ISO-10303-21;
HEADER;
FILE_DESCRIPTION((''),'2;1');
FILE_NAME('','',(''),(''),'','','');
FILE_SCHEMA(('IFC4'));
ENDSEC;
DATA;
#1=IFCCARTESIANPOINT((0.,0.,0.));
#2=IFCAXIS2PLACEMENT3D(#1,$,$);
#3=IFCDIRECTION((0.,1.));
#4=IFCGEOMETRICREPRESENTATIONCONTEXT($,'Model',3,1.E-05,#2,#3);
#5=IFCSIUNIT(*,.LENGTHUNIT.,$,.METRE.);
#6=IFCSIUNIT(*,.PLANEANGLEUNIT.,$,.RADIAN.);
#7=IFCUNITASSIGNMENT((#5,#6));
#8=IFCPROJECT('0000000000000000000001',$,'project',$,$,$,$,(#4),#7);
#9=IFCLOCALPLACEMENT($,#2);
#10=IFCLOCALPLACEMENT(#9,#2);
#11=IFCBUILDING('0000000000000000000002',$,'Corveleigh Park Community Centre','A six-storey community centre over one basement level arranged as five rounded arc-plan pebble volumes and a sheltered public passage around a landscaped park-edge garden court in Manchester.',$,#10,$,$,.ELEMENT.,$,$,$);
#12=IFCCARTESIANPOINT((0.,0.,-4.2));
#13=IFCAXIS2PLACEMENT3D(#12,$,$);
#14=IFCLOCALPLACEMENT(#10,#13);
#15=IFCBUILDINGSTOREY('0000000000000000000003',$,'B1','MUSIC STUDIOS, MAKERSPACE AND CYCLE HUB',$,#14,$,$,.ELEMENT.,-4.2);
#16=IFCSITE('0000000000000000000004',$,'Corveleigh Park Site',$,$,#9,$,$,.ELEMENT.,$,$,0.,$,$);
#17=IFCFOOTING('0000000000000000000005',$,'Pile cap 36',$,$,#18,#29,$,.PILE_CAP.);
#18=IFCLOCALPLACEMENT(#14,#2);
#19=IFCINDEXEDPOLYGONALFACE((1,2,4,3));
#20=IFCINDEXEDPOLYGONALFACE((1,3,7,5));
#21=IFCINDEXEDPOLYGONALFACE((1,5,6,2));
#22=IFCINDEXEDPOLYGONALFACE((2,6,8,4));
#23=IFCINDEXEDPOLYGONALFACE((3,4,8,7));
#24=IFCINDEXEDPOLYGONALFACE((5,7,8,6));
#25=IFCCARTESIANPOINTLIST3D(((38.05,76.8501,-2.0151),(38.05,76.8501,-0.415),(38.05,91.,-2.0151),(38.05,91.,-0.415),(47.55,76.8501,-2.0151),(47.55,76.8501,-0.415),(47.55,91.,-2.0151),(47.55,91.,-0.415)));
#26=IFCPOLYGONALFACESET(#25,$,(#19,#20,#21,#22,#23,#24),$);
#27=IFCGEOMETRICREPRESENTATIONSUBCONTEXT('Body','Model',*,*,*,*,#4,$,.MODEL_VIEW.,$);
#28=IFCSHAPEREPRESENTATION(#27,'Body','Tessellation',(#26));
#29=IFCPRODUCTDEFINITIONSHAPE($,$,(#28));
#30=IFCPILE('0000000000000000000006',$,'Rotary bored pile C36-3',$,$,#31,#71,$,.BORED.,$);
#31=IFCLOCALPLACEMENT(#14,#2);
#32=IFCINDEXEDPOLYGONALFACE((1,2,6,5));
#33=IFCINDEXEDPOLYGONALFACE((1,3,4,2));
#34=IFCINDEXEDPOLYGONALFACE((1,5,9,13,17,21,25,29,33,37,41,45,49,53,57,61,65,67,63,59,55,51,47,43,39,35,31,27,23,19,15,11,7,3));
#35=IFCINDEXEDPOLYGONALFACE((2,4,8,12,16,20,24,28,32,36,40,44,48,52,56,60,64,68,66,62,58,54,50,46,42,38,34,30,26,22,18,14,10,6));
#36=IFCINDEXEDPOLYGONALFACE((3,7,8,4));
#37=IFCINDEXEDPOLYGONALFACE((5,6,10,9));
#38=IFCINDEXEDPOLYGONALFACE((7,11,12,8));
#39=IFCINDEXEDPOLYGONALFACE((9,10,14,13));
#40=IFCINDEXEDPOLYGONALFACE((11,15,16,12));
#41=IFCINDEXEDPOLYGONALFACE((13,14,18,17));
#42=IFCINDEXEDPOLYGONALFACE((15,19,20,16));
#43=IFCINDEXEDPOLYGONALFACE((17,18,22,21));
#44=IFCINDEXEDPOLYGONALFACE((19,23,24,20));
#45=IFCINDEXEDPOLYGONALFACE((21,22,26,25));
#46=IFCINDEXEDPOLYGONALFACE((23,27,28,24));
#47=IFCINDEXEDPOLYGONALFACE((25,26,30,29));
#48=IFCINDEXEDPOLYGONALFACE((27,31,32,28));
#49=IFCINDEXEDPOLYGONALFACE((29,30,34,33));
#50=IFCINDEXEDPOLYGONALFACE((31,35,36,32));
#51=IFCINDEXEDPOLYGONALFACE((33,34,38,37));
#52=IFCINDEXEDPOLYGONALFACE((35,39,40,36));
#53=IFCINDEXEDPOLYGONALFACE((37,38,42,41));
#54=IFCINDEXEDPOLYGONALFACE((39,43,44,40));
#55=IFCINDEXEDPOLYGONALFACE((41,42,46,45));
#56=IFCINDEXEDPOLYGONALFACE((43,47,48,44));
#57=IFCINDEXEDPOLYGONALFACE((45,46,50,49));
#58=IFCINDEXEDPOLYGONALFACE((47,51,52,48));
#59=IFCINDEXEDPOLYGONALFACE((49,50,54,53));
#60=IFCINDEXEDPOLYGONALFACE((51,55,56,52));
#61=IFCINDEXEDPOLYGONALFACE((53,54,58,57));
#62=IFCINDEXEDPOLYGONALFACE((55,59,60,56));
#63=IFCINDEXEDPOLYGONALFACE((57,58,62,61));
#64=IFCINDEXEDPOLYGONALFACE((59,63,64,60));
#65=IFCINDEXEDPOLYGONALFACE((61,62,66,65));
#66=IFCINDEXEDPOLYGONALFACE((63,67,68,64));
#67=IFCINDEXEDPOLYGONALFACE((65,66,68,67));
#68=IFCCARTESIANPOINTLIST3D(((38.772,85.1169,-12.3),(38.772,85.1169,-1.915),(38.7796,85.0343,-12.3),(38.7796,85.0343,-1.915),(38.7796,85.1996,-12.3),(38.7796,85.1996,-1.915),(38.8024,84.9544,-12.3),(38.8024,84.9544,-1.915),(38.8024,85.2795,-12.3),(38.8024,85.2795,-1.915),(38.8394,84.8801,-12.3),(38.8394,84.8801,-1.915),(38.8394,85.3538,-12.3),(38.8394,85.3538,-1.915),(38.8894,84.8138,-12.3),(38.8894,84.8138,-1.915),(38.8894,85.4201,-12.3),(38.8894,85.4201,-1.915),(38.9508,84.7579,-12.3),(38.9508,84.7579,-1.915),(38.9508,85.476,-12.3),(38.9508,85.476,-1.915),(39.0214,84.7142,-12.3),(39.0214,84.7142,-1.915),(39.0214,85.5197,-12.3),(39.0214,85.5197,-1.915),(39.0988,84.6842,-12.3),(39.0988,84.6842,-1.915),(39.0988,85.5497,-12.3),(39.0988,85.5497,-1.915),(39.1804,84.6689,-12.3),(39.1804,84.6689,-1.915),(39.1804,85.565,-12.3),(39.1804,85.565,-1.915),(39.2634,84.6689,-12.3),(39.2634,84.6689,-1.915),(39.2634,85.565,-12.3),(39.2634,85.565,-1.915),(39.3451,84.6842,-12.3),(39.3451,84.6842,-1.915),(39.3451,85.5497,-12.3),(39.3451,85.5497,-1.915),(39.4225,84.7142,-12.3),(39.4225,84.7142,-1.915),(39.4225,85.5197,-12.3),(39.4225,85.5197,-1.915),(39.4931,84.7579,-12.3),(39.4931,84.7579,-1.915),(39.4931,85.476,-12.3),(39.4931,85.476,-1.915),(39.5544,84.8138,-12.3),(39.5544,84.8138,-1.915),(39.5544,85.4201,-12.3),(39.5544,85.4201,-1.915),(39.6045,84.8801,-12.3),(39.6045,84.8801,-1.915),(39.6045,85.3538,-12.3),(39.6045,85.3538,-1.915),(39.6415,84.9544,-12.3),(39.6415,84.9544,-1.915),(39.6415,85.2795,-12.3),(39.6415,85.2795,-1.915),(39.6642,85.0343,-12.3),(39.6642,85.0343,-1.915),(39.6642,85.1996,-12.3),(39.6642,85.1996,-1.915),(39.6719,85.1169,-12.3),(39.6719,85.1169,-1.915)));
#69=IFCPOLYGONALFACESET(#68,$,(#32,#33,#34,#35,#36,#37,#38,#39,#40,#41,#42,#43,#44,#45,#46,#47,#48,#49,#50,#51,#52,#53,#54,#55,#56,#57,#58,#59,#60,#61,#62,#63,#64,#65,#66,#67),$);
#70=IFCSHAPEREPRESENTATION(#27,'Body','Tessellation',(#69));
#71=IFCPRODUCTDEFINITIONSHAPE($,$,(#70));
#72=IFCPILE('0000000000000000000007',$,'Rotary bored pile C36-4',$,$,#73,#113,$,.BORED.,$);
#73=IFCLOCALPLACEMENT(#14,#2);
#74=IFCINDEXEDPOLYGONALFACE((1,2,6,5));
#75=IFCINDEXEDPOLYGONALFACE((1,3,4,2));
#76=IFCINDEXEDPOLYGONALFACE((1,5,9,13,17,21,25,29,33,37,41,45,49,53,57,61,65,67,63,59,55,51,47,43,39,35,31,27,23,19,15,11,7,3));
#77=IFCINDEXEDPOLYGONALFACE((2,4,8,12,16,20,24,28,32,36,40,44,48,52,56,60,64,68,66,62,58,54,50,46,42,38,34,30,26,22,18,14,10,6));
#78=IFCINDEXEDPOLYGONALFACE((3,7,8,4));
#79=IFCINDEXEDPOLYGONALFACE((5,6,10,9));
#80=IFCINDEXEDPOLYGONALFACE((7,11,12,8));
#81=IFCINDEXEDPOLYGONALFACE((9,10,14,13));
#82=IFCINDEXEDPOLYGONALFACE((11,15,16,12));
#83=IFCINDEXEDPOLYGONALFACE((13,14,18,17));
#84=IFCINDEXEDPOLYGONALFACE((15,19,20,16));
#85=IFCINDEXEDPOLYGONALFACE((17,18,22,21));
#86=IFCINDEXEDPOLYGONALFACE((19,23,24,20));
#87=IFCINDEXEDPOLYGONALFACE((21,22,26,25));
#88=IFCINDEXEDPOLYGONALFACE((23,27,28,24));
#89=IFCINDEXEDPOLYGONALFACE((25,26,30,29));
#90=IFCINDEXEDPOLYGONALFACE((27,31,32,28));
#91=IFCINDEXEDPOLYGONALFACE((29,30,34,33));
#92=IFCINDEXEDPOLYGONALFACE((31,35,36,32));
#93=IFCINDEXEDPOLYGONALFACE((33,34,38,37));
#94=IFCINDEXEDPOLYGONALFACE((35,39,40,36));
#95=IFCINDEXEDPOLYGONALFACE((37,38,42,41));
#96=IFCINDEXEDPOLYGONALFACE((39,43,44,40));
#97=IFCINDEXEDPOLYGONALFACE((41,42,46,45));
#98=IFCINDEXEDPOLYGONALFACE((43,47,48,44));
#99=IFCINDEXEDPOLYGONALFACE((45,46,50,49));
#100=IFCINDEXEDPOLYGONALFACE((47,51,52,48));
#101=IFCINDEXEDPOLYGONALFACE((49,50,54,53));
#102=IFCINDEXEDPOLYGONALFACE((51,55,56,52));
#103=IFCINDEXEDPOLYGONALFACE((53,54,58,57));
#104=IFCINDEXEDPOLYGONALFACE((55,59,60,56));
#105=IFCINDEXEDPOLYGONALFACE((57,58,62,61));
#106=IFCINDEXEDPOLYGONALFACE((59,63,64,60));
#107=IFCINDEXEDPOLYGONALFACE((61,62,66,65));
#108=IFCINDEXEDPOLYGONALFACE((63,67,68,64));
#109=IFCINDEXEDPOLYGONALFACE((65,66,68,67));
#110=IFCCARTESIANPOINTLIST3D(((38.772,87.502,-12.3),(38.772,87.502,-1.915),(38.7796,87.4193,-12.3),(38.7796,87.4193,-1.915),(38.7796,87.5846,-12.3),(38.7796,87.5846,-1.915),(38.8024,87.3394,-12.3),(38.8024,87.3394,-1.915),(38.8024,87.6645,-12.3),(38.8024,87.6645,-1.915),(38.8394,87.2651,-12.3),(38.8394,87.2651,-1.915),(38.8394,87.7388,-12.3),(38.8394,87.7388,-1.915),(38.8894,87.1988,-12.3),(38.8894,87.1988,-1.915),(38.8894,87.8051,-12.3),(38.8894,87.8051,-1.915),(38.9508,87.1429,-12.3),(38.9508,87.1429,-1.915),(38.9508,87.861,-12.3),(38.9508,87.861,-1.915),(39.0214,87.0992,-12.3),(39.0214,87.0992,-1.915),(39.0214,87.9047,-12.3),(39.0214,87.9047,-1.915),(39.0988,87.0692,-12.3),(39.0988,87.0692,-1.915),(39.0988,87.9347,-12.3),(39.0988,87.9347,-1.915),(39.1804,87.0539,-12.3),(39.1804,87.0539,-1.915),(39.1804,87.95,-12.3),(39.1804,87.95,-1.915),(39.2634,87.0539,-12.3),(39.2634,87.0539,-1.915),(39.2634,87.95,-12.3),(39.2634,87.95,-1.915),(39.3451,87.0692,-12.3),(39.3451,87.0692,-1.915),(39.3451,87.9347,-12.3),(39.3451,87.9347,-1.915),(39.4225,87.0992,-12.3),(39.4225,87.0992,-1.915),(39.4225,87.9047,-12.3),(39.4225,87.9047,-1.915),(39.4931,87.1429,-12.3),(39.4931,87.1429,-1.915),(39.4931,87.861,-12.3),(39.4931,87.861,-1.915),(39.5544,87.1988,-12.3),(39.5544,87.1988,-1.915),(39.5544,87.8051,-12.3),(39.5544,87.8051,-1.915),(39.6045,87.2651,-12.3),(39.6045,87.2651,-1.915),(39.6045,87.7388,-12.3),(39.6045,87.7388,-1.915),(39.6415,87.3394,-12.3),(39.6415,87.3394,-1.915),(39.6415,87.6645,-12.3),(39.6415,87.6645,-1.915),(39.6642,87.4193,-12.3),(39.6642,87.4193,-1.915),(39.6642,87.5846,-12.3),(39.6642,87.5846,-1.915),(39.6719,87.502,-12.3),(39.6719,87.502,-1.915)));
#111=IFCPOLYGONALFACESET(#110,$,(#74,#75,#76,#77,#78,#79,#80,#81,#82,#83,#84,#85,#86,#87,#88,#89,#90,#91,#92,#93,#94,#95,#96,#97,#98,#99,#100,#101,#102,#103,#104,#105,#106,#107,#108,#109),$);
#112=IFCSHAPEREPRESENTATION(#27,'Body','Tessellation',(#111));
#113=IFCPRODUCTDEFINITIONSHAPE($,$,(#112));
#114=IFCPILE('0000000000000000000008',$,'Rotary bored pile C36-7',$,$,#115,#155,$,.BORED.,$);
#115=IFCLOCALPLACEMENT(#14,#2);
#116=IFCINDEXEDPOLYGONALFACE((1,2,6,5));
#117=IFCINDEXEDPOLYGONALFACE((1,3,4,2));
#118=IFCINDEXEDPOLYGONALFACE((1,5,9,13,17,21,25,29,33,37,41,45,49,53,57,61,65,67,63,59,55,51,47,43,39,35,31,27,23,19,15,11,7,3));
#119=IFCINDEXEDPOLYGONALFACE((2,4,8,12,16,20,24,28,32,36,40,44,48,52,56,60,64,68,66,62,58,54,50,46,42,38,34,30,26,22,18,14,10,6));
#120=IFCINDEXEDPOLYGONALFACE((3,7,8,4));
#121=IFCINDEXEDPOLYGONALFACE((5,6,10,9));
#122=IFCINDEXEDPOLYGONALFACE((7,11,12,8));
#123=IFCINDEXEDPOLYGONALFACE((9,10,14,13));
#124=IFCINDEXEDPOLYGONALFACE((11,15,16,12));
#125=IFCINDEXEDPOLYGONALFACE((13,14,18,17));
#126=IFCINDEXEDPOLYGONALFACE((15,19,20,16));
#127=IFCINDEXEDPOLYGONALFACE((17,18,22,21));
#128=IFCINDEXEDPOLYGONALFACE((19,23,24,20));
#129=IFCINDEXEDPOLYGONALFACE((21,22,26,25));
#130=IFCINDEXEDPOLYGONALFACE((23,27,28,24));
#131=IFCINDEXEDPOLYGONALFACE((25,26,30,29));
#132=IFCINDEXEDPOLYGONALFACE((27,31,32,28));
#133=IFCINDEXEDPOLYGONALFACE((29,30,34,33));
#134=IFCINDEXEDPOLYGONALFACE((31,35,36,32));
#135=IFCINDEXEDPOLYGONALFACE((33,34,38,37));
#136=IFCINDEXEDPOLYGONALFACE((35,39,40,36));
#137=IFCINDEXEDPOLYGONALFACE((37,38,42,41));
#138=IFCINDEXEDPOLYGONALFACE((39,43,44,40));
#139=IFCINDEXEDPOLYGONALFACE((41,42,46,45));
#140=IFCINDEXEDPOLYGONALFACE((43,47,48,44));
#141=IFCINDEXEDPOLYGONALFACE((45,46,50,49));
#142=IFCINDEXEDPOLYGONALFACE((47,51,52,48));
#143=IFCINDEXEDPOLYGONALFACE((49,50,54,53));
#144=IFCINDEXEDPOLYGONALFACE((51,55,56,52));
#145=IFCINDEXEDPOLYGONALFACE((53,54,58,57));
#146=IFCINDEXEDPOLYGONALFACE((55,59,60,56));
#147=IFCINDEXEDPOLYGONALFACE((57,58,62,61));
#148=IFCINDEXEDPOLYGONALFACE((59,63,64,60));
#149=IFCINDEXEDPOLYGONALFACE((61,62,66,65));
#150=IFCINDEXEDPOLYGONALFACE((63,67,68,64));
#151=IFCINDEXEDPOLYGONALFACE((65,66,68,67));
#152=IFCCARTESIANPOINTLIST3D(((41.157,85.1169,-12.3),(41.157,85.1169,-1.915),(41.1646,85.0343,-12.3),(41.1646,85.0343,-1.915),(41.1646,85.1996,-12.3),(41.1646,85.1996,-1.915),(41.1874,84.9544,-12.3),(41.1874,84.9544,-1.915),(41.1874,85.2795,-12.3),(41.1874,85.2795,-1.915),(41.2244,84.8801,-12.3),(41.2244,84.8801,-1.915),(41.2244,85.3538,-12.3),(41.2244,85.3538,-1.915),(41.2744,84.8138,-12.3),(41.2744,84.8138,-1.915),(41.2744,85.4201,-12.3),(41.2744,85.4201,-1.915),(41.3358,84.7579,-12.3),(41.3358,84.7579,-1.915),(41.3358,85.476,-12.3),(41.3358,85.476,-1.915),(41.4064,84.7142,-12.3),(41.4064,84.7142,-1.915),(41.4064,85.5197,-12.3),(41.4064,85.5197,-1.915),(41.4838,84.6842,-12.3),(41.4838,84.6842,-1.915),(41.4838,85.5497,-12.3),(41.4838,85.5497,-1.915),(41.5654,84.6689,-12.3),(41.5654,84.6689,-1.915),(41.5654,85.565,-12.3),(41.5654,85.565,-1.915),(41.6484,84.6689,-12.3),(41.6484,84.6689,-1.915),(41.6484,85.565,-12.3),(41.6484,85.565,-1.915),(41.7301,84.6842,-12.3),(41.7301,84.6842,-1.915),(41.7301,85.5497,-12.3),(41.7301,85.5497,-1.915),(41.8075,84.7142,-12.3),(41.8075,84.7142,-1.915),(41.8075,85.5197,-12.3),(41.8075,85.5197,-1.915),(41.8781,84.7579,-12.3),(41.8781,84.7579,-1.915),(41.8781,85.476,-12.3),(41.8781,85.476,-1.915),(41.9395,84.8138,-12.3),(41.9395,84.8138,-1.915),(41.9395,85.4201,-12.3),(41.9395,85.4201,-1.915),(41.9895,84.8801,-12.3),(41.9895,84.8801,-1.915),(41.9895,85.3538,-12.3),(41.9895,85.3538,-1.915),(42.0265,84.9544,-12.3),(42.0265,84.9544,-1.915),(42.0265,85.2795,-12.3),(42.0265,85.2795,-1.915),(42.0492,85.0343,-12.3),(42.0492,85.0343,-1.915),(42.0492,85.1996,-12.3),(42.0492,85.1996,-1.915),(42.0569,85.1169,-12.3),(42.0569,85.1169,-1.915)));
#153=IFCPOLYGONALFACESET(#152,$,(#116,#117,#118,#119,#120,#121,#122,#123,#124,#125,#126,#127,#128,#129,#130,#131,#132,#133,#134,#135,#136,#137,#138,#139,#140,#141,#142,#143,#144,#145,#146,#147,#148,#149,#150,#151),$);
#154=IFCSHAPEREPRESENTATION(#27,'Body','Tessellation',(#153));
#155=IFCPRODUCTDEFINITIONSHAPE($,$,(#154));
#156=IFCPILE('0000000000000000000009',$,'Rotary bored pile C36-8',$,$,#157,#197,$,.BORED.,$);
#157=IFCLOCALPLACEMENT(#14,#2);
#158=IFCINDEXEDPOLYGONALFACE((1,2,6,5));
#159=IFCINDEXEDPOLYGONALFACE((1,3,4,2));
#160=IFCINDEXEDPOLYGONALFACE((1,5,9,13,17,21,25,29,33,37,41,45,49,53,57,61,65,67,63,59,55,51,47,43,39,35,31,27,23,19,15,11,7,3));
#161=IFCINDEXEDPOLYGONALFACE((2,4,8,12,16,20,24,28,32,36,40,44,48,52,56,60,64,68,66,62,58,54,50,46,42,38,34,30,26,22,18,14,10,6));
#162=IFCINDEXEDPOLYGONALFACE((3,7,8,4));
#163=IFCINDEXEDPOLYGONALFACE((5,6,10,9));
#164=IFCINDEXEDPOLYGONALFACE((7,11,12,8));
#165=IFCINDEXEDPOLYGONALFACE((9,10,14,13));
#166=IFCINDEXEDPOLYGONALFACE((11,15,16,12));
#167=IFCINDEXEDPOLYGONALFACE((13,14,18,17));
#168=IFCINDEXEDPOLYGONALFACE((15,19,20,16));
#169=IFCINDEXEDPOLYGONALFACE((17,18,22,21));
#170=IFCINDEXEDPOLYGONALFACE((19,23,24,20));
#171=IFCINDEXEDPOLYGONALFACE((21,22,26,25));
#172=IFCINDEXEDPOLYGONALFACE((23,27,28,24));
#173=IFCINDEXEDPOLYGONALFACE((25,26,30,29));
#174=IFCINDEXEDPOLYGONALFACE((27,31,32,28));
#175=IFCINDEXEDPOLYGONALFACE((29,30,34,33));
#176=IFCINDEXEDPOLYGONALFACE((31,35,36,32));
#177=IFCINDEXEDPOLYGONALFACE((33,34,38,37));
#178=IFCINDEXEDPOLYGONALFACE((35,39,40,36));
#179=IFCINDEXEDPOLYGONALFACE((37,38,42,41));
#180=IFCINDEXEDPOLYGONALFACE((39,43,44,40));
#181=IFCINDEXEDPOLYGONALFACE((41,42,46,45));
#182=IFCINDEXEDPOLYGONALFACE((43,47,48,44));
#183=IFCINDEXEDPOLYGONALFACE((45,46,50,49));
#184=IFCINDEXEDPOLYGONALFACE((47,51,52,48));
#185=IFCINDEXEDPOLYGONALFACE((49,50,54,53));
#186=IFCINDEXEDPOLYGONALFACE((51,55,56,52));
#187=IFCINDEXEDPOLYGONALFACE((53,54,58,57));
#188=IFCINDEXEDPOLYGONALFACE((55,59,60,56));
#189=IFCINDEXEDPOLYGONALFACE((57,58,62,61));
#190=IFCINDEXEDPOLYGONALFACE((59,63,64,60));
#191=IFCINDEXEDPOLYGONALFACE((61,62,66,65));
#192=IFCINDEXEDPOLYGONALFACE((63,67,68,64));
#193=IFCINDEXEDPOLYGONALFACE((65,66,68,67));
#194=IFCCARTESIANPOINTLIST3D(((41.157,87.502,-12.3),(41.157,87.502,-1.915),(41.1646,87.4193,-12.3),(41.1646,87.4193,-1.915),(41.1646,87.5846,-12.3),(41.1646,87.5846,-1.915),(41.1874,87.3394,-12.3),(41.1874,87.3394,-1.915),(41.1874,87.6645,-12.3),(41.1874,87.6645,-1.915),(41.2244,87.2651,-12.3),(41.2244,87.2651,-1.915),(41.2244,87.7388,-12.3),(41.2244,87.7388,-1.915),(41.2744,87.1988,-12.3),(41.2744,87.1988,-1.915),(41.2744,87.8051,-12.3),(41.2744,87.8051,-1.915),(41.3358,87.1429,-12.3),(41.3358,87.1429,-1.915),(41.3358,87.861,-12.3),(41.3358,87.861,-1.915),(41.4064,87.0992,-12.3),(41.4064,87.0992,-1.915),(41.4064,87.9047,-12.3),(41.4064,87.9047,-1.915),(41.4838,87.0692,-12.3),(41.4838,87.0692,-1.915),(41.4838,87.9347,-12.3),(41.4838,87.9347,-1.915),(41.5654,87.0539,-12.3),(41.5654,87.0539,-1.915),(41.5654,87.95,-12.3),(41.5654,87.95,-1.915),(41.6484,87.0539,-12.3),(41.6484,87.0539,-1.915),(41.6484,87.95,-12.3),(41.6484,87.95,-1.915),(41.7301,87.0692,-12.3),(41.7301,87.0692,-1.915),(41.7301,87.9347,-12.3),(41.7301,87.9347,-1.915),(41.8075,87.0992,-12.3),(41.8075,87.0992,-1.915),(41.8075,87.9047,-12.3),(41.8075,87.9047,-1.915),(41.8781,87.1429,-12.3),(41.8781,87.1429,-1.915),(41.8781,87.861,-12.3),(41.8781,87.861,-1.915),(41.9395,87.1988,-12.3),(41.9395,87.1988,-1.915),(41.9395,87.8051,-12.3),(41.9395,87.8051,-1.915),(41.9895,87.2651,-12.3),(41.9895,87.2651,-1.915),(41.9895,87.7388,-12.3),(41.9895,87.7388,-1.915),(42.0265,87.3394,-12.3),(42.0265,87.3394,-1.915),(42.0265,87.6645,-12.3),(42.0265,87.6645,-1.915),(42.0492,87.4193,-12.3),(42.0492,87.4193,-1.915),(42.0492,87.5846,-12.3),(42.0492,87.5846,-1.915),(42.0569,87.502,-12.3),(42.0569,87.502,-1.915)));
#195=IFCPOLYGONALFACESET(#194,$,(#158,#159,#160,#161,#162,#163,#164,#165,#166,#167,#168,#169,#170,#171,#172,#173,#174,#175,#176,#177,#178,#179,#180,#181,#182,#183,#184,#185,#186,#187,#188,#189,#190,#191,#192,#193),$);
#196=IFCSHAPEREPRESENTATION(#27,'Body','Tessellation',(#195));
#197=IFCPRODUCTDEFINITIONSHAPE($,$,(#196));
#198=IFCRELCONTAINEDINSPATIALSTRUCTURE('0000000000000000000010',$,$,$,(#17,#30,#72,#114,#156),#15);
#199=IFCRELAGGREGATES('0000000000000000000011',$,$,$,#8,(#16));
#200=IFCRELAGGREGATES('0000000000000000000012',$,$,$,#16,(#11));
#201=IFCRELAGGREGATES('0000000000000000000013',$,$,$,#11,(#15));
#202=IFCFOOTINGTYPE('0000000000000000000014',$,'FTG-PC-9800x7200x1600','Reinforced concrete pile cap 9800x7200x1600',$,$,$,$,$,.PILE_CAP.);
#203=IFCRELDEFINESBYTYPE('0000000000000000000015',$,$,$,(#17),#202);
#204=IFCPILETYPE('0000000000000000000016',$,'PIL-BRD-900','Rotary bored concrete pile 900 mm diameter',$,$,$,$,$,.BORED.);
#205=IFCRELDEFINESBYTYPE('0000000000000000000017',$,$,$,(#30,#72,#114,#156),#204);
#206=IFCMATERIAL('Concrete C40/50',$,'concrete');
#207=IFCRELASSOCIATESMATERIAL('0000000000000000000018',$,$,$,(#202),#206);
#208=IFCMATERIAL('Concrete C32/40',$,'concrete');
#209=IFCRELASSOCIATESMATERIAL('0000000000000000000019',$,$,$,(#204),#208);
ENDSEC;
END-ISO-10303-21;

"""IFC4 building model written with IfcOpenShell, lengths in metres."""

from ifc_helpers import new_model, si_unit, direction, frame, origin, origin_2d, place, context, subcontext, project, spatial, rectangle, circle, extrude, material, material_profile, profile_set, type_object, element, save


model = new_model("IFC4")

# Units and contexts
model_context = context("Model", 3, precision=1e-05, world=origin(), true_north=direction((0.0, 1.0)))
body_context = subcontext(model_context, "Body", "Model", "MODEL_VIEW")
ifc_project = project(units=[si_unit("LENGTHUNIT", "METRE"), si_unit("PLANEANGLEUNIT", "RADIAN")], contexts=[model_context])

# Site, building, storey
site_placement = place(None, origin())
site = spatial("IfcSite", under=ifc_project, at=site_placement, Name="Corveleigh Park Site", CompositionType="ELEMENT", RefElevation=0.0)
building_placement = place(site_placement, origin())
building = spatial("IfcBuilding", under=site, at=building_placement, Name="Corveleigh Park Community Centre", Description="A six-storey community centre over one basement level arranged as five rounded arc-plan pebble volumes and a sheltered public passage around a landscaped park-edge garden court in Manchester.", CompositionType="ELEMENT")
storey_placement = place(building_placement, frame((0.0, 0.0, -4.2)))
storey = spatial("IfcBuildingStorey", under=building, at=storey_placement, Name="B1", Description="MUSIC STUDIOS, MAKERSPACE AND CYCLE HUB", CompositionType="ELEMENT", Elevation=-4.2)

# Footing
ifc_material_1 = material(Name="Concrete C40/50", Category="concrete")
footing_type = type_object("IfcFootingType", Name="FTG-PC-9800x7200x1600", Description="Reinforced concrete pile cap 9800x7200x1600", PredefinedType="PILE_CAP", material=ifc_material_1)
footing_placement = place(storey_placement, frame((42.8, 83.925, -2.0151), z_axis=(0.0, 0.0, 1.0), x_axis=(1.0, 0.0, 0.0)))
element("IfcFooting", 1, at=footing_placement, inside=storey, type_object=footing_type, Name="Pile cap 36", PredefinedType="PILE_CAP", context=body_context, shape_type="SweptSolid", body=[
    extrude(rectangle(XDim=9.5, YDim=14.1499, at=origin_2d()), origin(), (0.0, 0.0, 1.0), 1.6001),
])

# Piles
ifc_material_2 = material(Name="Concrete C32/40", Category="concrete")
ifc_material_profile = material_profile(ifc_material_2, circle(Radius=0.45, at=origin_2d()), Name="BORED-PILE-900", Category="concrete")
ifc_profile_set = profile_set([ifc_material_profile], Name="Concrete C32/40")
pile_type = type_object("IfcPileType", Name="PIL-BRD-900", Description="Rotary bored concrete pile 900 mm diameter", PredefinedType="BORED", material=ifc_profile_set)
for number, where, z_axis, x_axis, name in (
    (2, (39.2219, 85.1169, -1.915), (0.0, 0.0, -1.0), (1.0, 0.0, 0.0), "Rotary bored pile C36-3"),
    (3, (39.2219, 87.502, -1.915), (0.0, 0.0, -1.0), (1.0, 0.0, 0.0), "Rotary bored pile C36-4"),
    (4, (41.6069, 85.1169, -1.915), (0.0, 0.0, -1.0), (1.0, 0.0, 0.0), "Rotary bored pile C36-7"),
    (5, (41.6069, 87.502, -1.915), (0.0, 0.0, -1.0), (1.0, 0.0, 0.0), "Rotary bored pile C36-8"),
):
    element("IfcPile", number, at=place(storey_placement, frame(where, z_axis=z_axis, x_axis=x_axis)), inside=storey, type_object=pile_type, Name=name, PredefinedType="BORED", context=body_context, shape_type="SweptSolid", body=[
        extrude(circle(Radius=0.45, at=origin_2d()), origin(), (0.0, 0.0, 1.0), 10.385),
    ])

save(model, "model.ifc")
